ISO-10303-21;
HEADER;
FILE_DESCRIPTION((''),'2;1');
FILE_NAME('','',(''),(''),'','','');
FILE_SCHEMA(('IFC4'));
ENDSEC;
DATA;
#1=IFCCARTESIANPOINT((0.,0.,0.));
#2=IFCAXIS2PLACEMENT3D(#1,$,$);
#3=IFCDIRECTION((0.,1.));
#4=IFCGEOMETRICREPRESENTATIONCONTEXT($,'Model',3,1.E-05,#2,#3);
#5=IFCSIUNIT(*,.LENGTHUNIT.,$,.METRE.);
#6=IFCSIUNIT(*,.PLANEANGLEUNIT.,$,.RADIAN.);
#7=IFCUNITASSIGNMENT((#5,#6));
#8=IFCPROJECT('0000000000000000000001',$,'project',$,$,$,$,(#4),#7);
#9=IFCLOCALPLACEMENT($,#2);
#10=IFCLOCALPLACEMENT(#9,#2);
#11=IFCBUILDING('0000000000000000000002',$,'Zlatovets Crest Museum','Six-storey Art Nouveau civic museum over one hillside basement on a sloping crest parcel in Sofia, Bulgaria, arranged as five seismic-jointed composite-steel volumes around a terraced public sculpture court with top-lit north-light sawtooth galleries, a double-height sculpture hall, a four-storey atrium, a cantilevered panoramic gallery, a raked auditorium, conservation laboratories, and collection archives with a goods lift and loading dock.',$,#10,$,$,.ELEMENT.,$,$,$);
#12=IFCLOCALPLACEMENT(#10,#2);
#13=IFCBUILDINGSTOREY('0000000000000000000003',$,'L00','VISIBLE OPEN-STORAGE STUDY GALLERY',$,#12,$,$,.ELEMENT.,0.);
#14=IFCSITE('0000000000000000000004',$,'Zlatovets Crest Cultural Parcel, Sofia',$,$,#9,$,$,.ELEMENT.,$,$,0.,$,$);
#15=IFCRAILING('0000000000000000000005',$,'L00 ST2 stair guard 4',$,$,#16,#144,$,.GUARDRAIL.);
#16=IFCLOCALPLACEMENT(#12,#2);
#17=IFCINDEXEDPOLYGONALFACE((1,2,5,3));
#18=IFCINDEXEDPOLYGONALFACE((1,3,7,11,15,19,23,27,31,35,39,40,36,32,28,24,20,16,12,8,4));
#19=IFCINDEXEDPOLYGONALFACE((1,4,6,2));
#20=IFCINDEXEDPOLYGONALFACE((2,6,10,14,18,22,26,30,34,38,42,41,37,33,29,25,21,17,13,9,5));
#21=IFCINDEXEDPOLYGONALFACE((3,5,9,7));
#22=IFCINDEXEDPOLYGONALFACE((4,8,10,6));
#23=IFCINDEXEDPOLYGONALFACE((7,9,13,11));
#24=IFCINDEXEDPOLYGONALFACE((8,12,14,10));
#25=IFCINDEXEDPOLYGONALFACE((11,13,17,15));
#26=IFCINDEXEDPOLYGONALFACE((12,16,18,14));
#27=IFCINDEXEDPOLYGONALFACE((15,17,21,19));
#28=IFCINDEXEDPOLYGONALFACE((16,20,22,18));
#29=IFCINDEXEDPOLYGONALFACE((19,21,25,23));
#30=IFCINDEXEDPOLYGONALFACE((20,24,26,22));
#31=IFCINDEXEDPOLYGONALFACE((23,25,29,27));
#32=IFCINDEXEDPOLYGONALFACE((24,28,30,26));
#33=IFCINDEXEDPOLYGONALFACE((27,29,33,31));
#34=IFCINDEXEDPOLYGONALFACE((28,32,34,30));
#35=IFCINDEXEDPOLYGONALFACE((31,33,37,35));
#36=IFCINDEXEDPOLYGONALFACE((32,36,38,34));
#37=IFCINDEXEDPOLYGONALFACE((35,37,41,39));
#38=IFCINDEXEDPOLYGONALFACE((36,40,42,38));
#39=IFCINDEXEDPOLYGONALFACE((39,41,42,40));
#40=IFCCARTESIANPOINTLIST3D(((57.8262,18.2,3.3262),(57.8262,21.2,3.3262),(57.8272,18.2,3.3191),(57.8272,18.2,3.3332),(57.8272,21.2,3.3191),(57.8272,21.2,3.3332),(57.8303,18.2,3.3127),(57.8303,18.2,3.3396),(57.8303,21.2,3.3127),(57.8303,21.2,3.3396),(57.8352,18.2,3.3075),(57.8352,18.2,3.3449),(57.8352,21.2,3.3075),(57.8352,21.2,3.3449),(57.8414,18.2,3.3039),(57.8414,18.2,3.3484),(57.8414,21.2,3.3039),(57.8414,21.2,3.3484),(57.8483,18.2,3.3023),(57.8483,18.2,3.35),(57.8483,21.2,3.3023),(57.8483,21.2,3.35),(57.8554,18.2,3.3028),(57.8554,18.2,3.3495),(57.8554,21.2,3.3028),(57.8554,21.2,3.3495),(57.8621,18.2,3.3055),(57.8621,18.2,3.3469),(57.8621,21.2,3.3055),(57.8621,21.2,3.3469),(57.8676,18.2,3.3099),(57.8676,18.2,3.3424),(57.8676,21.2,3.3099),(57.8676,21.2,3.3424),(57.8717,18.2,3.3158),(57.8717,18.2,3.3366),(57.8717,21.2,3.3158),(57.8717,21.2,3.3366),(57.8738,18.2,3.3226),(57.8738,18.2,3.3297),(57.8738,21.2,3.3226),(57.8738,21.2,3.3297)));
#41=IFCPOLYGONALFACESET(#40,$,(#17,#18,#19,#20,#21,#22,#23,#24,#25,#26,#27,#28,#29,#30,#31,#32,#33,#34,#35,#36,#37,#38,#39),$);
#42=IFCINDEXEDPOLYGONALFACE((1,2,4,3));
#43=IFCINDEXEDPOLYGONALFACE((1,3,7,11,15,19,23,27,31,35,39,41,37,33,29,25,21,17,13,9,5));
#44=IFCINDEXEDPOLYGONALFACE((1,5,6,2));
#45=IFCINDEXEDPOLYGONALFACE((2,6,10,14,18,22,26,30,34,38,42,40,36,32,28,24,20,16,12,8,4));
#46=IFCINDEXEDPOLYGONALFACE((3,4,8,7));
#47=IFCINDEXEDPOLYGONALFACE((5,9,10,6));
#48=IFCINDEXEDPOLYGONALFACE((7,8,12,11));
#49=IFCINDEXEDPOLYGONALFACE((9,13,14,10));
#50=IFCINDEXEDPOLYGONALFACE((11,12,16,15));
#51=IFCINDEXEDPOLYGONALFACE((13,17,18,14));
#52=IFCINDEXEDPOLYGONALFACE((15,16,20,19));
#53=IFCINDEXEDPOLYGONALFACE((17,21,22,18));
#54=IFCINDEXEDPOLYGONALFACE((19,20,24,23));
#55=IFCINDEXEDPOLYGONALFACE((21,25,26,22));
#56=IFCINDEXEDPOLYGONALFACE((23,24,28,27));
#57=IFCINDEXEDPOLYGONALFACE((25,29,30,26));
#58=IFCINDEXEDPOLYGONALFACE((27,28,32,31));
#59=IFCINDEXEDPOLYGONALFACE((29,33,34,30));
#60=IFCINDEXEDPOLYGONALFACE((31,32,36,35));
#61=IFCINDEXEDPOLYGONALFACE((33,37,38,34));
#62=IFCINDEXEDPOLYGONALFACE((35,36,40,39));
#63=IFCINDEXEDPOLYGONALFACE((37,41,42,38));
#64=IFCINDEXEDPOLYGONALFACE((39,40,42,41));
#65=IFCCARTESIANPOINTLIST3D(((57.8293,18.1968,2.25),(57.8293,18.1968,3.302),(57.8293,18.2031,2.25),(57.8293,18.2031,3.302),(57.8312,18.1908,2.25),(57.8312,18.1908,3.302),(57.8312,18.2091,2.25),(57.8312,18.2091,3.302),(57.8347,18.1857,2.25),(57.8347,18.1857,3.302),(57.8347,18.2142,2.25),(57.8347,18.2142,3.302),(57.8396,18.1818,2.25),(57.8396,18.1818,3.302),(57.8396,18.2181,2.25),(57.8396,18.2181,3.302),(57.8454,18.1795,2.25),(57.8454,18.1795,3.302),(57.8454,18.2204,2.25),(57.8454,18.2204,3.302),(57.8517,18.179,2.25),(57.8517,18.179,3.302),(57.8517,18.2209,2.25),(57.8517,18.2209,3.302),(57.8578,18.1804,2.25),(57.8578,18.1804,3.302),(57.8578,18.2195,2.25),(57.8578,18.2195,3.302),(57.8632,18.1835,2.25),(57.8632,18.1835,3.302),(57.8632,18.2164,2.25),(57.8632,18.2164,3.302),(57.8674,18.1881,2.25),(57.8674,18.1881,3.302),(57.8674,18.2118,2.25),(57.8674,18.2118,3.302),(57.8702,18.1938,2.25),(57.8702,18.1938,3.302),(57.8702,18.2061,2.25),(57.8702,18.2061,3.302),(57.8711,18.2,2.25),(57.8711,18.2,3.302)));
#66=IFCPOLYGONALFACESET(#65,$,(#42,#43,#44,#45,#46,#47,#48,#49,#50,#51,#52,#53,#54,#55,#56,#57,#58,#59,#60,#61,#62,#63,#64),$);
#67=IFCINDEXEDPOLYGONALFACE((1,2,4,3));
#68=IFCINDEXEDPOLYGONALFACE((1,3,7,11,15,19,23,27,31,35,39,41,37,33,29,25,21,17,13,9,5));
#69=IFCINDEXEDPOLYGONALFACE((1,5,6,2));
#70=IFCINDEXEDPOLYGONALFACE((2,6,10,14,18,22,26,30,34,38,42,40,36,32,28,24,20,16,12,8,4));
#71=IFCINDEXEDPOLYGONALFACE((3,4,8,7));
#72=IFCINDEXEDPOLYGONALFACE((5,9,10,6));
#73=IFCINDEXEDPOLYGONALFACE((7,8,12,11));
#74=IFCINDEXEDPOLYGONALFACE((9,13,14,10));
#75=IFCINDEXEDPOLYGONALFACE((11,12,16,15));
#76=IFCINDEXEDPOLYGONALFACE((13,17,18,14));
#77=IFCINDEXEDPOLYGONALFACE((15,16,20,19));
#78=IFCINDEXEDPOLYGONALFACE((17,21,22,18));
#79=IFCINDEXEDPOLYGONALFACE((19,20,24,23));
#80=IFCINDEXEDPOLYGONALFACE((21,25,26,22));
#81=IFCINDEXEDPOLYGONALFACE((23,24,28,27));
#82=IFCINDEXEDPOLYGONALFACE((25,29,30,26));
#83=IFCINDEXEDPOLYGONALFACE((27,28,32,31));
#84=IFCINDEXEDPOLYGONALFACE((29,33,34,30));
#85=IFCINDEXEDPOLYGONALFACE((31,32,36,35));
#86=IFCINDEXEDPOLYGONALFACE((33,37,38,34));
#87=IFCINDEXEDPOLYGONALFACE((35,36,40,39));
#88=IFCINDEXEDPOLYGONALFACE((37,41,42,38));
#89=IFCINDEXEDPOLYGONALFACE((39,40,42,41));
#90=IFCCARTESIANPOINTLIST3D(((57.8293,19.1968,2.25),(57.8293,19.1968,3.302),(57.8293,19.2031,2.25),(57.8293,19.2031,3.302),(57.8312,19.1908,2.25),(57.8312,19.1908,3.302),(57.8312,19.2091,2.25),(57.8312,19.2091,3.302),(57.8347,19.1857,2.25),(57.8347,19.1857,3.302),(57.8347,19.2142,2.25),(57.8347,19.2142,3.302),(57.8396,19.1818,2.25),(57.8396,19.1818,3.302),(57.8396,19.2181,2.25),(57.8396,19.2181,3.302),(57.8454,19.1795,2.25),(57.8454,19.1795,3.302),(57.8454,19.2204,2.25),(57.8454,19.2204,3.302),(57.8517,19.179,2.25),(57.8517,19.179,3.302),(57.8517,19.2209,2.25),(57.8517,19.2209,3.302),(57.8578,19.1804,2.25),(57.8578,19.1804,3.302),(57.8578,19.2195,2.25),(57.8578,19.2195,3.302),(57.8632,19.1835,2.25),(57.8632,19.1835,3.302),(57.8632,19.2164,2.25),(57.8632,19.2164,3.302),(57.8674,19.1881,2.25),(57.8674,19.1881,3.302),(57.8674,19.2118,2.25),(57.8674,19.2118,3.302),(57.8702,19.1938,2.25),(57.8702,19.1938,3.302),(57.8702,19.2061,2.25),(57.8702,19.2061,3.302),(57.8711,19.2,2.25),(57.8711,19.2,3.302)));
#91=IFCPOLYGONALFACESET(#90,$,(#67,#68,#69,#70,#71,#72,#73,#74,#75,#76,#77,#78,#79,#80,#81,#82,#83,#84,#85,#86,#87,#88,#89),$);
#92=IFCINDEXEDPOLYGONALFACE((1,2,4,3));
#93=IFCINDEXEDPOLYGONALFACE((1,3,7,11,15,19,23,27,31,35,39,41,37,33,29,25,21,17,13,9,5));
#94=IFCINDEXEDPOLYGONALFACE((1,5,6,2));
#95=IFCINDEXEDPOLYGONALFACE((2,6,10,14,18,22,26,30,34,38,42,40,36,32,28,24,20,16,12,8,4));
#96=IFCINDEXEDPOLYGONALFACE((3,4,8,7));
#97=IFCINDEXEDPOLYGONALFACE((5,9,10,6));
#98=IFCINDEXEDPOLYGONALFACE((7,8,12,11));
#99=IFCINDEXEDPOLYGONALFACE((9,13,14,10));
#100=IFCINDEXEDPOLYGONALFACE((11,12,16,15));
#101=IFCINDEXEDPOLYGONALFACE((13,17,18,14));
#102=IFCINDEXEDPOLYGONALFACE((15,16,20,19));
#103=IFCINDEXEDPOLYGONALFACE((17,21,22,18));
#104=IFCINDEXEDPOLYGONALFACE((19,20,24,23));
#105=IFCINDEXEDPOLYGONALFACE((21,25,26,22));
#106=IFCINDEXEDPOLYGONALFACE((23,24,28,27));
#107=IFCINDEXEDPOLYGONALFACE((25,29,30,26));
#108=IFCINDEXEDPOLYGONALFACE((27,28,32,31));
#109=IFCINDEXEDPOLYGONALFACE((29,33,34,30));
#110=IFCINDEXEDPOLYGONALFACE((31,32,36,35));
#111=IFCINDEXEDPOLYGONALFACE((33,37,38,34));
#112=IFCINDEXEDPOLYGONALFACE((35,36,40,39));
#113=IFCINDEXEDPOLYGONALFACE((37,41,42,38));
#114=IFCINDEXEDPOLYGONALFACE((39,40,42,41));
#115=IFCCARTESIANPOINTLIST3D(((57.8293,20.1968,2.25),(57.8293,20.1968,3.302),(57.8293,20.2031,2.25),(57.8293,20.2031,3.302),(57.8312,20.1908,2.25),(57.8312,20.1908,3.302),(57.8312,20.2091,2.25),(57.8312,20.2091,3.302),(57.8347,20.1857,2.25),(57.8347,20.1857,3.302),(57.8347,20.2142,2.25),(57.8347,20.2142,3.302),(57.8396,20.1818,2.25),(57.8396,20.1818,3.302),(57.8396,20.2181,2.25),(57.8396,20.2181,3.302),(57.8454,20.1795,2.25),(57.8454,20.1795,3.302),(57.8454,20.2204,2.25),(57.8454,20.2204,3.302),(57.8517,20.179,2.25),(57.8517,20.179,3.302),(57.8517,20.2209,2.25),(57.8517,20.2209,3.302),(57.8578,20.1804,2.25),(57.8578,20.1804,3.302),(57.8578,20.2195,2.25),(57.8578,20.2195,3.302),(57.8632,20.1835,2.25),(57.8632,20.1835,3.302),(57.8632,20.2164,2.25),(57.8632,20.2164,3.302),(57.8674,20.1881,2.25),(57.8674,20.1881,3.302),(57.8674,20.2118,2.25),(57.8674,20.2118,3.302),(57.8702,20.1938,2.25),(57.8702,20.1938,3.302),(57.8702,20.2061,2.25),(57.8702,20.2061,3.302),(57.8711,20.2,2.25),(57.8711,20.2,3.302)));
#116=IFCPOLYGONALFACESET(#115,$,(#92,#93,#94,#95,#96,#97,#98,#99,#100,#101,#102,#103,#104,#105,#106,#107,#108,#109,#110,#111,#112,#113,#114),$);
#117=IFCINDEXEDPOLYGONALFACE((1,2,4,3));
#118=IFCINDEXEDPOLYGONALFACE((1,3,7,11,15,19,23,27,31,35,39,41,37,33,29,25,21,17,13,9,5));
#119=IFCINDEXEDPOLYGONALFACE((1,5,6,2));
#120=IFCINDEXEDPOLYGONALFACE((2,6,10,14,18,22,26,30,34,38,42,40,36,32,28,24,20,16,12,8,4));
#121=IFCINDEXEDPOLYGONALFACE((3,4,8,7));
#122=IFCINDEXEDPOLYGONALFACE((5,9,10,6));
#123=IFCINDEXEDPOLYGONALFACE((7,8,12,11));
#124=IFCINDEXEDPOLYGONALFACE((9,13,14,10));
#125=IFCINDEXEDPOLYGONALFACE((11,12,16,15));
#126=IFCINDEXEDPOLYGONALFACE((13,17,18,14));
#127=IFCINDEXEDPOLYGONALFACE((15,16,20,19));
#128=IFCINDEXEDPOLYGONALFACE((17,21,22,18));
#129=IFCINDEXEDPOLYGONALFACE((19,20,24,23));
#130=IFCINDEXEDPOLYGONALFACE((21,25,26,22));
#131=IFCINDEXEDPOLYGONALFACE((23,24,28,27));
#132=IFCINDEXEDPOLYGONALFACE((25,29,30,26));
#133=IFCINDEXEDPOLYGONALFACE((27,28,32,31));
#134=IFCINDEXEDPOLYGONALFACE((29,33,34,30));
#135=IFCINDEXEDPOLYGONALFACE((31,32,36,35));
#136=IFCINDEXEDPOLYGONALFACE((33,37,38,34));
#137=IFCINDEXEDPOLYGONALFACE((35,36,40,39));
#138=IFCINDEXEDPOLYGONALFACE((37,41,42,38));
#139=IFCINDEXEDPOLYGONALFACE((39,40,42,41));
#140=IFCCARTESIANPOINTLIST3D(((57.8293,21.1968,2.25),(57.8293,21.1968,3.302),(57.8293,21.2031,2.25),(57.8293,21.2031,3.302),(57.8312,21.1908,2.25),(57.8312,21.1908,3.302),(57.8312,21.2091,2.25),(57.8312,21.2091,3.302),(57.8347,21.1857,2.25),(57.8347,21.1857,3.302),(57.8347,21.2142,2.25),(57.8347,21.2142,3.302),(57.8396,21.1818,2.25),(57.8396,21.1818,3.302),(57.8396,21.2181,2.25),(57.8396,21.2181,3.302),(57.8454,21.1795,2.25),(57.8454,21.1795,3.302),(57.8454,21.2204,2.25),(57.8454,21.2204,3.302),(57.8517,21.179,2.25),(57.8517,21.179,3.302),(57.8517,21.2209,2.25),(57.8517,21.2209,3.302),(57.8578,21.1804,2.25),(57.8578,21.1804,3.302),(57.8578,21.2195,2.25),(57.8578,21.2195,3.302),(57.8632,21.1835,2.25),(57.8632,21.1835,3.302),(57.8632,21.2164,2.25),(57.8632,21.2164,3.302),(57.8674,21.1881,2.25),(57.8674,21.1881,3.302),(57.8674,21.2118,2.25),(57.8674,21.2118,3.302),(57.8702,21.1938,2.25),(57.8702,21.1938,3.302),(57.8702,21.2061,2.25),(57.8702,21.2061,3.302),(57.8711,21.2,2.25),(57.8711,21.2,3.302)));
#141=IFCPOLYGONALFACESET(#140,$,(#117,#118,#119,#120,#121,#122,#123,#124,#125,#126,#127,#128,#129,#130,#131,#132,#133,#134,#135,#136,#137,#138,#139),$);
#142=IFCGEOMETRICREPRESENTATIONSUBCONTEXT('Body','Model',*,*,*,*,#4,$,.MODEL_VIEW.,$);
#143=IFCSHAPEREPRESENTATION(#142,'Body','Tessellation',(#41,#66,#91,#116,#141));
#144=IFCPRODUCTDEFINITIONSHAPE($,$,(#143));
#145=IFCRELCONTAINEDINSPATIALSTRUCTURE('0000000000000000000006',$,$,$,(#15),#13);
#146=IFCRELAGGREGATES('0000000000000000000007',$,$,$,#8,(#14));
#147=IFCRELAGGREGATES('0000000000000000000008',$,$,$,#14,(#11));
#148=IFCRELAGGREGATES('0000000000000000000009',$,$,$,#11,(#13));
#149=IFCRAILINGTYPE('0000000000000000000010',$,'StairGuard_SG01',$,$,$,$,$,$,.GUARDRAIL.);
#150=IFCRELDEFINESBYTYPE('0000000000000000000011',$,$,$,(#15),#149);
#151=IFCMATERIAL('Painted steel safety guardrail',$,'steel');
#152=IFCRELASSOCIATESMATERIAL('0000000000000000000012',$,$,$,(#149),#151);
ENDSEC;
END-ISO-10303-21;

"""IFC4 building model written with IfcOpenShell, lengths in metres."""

from ifc_helpers import new_model, si_unit, direction, frame, origin, origin_2d, place, context, subcontext, project, spatial, circle, extrude, material, type_object, element, save


model = new_model("IFC4")

# Units and contexts
model_context = context("Model", 3, precision=1e-05, world=origin(), true_north=direction((0.0, 1.0)))
body_context = subcontext(model_context, "Body", "Model", "MODEL_VIEW")
ifc_project = project(units=[si_unit("LENGTHUNIT", "METRE"), si_unit("PLANEANGLEUNIT", "RADIAN")], contexts=[model_context])

# Site, building, storey
site_placement = place(None, origin())
site = spatial("IfcSite", under=ifc_project, at=site_placement, Name="Zlatovets Crest Cultural Parcel, Sofia", CompositionType="ELEMENT", RefElevation=0.0)
building_placement = place(site_placement, origin())
building = spatial("IfcBuilding", under=site, at=building_placement, Name="Zlatovets Crest Museum", Description="Six-storey Art Nouveau civic museum over one hillside basement on a sloping crest parcel in Sofia, Bulgaria, arranged as five seismic-jointed composite-steel volumes around a terraced public sculpture court with top-lit north-light sawtooth galleries, a double-height sculpture hall, a four-storey atrium, a cantilevered panoramic gallery, a raked auditorium, conservation laboratories, and collection archives with a goods lift and loading dock.", CompositionType="ELEMENT")
storey_placement = place(building_placement, origin())
storey = spatial("IfcBuildingStorey", under=building, at=storey_placement, Name="L00", Description="VISIBLE OPEN-STORAGE STUDY GALLERY", CompositionType="ELEMENT", Elevation=0.0)

# Railing
ifc_material_1 = material(Name="Painted steel safety guardrail", Category="steel")
railing_type_1 = type_object("IfcRailingType", Name="StairGuard_SG01", PredefinedType="GUARDRAIL", material=ifc_material_1)
for number, where, name in (
    (1, (57.8501, 18.2, 2.25), "L00 ST2 stair guard 4"),
):
    element("IfcRailing", number, at=place(storey_placement, frame(where)), inside=storey, type_object=railing_type_1, Name=name, PredefinedType="GUARDRAIL", context=body_context, shape_type="SweptSolid", body=[
        extrude(circle(Radius=0.0239, at=origin_2d()), frame((0.0, 0.0, 1.0762), z_axis=(0.0, 1.0, 0.0), x_axis=(-1.0, 0.0, 0.0)), (0.0, 0.0, 1.0), 3.0),
        extrude(circle(Radius=0.021, at=origin_2d()), origin(), (0.0, 0.0, 1.0), 1.052),
        extrude(circle(Radius=0.021, at=origin_2d()), frame((0.0, 1.0, 0.0)), (0.0, 0.0, 1.0), 1.052),
        extrude(circle(Radius=0.021, at=origin_2d()), frame((0.0, 2.0, 0.0)), (0.0, 0.0, 1.0), 1.052),
        extrude(circle(Radius=0.021, at=origin_2d()), frame((0.0, 3.0, 0.0)), (0.0, 0.0, 1.0), 1.052),
    ])

save(model, "model.ifc")
